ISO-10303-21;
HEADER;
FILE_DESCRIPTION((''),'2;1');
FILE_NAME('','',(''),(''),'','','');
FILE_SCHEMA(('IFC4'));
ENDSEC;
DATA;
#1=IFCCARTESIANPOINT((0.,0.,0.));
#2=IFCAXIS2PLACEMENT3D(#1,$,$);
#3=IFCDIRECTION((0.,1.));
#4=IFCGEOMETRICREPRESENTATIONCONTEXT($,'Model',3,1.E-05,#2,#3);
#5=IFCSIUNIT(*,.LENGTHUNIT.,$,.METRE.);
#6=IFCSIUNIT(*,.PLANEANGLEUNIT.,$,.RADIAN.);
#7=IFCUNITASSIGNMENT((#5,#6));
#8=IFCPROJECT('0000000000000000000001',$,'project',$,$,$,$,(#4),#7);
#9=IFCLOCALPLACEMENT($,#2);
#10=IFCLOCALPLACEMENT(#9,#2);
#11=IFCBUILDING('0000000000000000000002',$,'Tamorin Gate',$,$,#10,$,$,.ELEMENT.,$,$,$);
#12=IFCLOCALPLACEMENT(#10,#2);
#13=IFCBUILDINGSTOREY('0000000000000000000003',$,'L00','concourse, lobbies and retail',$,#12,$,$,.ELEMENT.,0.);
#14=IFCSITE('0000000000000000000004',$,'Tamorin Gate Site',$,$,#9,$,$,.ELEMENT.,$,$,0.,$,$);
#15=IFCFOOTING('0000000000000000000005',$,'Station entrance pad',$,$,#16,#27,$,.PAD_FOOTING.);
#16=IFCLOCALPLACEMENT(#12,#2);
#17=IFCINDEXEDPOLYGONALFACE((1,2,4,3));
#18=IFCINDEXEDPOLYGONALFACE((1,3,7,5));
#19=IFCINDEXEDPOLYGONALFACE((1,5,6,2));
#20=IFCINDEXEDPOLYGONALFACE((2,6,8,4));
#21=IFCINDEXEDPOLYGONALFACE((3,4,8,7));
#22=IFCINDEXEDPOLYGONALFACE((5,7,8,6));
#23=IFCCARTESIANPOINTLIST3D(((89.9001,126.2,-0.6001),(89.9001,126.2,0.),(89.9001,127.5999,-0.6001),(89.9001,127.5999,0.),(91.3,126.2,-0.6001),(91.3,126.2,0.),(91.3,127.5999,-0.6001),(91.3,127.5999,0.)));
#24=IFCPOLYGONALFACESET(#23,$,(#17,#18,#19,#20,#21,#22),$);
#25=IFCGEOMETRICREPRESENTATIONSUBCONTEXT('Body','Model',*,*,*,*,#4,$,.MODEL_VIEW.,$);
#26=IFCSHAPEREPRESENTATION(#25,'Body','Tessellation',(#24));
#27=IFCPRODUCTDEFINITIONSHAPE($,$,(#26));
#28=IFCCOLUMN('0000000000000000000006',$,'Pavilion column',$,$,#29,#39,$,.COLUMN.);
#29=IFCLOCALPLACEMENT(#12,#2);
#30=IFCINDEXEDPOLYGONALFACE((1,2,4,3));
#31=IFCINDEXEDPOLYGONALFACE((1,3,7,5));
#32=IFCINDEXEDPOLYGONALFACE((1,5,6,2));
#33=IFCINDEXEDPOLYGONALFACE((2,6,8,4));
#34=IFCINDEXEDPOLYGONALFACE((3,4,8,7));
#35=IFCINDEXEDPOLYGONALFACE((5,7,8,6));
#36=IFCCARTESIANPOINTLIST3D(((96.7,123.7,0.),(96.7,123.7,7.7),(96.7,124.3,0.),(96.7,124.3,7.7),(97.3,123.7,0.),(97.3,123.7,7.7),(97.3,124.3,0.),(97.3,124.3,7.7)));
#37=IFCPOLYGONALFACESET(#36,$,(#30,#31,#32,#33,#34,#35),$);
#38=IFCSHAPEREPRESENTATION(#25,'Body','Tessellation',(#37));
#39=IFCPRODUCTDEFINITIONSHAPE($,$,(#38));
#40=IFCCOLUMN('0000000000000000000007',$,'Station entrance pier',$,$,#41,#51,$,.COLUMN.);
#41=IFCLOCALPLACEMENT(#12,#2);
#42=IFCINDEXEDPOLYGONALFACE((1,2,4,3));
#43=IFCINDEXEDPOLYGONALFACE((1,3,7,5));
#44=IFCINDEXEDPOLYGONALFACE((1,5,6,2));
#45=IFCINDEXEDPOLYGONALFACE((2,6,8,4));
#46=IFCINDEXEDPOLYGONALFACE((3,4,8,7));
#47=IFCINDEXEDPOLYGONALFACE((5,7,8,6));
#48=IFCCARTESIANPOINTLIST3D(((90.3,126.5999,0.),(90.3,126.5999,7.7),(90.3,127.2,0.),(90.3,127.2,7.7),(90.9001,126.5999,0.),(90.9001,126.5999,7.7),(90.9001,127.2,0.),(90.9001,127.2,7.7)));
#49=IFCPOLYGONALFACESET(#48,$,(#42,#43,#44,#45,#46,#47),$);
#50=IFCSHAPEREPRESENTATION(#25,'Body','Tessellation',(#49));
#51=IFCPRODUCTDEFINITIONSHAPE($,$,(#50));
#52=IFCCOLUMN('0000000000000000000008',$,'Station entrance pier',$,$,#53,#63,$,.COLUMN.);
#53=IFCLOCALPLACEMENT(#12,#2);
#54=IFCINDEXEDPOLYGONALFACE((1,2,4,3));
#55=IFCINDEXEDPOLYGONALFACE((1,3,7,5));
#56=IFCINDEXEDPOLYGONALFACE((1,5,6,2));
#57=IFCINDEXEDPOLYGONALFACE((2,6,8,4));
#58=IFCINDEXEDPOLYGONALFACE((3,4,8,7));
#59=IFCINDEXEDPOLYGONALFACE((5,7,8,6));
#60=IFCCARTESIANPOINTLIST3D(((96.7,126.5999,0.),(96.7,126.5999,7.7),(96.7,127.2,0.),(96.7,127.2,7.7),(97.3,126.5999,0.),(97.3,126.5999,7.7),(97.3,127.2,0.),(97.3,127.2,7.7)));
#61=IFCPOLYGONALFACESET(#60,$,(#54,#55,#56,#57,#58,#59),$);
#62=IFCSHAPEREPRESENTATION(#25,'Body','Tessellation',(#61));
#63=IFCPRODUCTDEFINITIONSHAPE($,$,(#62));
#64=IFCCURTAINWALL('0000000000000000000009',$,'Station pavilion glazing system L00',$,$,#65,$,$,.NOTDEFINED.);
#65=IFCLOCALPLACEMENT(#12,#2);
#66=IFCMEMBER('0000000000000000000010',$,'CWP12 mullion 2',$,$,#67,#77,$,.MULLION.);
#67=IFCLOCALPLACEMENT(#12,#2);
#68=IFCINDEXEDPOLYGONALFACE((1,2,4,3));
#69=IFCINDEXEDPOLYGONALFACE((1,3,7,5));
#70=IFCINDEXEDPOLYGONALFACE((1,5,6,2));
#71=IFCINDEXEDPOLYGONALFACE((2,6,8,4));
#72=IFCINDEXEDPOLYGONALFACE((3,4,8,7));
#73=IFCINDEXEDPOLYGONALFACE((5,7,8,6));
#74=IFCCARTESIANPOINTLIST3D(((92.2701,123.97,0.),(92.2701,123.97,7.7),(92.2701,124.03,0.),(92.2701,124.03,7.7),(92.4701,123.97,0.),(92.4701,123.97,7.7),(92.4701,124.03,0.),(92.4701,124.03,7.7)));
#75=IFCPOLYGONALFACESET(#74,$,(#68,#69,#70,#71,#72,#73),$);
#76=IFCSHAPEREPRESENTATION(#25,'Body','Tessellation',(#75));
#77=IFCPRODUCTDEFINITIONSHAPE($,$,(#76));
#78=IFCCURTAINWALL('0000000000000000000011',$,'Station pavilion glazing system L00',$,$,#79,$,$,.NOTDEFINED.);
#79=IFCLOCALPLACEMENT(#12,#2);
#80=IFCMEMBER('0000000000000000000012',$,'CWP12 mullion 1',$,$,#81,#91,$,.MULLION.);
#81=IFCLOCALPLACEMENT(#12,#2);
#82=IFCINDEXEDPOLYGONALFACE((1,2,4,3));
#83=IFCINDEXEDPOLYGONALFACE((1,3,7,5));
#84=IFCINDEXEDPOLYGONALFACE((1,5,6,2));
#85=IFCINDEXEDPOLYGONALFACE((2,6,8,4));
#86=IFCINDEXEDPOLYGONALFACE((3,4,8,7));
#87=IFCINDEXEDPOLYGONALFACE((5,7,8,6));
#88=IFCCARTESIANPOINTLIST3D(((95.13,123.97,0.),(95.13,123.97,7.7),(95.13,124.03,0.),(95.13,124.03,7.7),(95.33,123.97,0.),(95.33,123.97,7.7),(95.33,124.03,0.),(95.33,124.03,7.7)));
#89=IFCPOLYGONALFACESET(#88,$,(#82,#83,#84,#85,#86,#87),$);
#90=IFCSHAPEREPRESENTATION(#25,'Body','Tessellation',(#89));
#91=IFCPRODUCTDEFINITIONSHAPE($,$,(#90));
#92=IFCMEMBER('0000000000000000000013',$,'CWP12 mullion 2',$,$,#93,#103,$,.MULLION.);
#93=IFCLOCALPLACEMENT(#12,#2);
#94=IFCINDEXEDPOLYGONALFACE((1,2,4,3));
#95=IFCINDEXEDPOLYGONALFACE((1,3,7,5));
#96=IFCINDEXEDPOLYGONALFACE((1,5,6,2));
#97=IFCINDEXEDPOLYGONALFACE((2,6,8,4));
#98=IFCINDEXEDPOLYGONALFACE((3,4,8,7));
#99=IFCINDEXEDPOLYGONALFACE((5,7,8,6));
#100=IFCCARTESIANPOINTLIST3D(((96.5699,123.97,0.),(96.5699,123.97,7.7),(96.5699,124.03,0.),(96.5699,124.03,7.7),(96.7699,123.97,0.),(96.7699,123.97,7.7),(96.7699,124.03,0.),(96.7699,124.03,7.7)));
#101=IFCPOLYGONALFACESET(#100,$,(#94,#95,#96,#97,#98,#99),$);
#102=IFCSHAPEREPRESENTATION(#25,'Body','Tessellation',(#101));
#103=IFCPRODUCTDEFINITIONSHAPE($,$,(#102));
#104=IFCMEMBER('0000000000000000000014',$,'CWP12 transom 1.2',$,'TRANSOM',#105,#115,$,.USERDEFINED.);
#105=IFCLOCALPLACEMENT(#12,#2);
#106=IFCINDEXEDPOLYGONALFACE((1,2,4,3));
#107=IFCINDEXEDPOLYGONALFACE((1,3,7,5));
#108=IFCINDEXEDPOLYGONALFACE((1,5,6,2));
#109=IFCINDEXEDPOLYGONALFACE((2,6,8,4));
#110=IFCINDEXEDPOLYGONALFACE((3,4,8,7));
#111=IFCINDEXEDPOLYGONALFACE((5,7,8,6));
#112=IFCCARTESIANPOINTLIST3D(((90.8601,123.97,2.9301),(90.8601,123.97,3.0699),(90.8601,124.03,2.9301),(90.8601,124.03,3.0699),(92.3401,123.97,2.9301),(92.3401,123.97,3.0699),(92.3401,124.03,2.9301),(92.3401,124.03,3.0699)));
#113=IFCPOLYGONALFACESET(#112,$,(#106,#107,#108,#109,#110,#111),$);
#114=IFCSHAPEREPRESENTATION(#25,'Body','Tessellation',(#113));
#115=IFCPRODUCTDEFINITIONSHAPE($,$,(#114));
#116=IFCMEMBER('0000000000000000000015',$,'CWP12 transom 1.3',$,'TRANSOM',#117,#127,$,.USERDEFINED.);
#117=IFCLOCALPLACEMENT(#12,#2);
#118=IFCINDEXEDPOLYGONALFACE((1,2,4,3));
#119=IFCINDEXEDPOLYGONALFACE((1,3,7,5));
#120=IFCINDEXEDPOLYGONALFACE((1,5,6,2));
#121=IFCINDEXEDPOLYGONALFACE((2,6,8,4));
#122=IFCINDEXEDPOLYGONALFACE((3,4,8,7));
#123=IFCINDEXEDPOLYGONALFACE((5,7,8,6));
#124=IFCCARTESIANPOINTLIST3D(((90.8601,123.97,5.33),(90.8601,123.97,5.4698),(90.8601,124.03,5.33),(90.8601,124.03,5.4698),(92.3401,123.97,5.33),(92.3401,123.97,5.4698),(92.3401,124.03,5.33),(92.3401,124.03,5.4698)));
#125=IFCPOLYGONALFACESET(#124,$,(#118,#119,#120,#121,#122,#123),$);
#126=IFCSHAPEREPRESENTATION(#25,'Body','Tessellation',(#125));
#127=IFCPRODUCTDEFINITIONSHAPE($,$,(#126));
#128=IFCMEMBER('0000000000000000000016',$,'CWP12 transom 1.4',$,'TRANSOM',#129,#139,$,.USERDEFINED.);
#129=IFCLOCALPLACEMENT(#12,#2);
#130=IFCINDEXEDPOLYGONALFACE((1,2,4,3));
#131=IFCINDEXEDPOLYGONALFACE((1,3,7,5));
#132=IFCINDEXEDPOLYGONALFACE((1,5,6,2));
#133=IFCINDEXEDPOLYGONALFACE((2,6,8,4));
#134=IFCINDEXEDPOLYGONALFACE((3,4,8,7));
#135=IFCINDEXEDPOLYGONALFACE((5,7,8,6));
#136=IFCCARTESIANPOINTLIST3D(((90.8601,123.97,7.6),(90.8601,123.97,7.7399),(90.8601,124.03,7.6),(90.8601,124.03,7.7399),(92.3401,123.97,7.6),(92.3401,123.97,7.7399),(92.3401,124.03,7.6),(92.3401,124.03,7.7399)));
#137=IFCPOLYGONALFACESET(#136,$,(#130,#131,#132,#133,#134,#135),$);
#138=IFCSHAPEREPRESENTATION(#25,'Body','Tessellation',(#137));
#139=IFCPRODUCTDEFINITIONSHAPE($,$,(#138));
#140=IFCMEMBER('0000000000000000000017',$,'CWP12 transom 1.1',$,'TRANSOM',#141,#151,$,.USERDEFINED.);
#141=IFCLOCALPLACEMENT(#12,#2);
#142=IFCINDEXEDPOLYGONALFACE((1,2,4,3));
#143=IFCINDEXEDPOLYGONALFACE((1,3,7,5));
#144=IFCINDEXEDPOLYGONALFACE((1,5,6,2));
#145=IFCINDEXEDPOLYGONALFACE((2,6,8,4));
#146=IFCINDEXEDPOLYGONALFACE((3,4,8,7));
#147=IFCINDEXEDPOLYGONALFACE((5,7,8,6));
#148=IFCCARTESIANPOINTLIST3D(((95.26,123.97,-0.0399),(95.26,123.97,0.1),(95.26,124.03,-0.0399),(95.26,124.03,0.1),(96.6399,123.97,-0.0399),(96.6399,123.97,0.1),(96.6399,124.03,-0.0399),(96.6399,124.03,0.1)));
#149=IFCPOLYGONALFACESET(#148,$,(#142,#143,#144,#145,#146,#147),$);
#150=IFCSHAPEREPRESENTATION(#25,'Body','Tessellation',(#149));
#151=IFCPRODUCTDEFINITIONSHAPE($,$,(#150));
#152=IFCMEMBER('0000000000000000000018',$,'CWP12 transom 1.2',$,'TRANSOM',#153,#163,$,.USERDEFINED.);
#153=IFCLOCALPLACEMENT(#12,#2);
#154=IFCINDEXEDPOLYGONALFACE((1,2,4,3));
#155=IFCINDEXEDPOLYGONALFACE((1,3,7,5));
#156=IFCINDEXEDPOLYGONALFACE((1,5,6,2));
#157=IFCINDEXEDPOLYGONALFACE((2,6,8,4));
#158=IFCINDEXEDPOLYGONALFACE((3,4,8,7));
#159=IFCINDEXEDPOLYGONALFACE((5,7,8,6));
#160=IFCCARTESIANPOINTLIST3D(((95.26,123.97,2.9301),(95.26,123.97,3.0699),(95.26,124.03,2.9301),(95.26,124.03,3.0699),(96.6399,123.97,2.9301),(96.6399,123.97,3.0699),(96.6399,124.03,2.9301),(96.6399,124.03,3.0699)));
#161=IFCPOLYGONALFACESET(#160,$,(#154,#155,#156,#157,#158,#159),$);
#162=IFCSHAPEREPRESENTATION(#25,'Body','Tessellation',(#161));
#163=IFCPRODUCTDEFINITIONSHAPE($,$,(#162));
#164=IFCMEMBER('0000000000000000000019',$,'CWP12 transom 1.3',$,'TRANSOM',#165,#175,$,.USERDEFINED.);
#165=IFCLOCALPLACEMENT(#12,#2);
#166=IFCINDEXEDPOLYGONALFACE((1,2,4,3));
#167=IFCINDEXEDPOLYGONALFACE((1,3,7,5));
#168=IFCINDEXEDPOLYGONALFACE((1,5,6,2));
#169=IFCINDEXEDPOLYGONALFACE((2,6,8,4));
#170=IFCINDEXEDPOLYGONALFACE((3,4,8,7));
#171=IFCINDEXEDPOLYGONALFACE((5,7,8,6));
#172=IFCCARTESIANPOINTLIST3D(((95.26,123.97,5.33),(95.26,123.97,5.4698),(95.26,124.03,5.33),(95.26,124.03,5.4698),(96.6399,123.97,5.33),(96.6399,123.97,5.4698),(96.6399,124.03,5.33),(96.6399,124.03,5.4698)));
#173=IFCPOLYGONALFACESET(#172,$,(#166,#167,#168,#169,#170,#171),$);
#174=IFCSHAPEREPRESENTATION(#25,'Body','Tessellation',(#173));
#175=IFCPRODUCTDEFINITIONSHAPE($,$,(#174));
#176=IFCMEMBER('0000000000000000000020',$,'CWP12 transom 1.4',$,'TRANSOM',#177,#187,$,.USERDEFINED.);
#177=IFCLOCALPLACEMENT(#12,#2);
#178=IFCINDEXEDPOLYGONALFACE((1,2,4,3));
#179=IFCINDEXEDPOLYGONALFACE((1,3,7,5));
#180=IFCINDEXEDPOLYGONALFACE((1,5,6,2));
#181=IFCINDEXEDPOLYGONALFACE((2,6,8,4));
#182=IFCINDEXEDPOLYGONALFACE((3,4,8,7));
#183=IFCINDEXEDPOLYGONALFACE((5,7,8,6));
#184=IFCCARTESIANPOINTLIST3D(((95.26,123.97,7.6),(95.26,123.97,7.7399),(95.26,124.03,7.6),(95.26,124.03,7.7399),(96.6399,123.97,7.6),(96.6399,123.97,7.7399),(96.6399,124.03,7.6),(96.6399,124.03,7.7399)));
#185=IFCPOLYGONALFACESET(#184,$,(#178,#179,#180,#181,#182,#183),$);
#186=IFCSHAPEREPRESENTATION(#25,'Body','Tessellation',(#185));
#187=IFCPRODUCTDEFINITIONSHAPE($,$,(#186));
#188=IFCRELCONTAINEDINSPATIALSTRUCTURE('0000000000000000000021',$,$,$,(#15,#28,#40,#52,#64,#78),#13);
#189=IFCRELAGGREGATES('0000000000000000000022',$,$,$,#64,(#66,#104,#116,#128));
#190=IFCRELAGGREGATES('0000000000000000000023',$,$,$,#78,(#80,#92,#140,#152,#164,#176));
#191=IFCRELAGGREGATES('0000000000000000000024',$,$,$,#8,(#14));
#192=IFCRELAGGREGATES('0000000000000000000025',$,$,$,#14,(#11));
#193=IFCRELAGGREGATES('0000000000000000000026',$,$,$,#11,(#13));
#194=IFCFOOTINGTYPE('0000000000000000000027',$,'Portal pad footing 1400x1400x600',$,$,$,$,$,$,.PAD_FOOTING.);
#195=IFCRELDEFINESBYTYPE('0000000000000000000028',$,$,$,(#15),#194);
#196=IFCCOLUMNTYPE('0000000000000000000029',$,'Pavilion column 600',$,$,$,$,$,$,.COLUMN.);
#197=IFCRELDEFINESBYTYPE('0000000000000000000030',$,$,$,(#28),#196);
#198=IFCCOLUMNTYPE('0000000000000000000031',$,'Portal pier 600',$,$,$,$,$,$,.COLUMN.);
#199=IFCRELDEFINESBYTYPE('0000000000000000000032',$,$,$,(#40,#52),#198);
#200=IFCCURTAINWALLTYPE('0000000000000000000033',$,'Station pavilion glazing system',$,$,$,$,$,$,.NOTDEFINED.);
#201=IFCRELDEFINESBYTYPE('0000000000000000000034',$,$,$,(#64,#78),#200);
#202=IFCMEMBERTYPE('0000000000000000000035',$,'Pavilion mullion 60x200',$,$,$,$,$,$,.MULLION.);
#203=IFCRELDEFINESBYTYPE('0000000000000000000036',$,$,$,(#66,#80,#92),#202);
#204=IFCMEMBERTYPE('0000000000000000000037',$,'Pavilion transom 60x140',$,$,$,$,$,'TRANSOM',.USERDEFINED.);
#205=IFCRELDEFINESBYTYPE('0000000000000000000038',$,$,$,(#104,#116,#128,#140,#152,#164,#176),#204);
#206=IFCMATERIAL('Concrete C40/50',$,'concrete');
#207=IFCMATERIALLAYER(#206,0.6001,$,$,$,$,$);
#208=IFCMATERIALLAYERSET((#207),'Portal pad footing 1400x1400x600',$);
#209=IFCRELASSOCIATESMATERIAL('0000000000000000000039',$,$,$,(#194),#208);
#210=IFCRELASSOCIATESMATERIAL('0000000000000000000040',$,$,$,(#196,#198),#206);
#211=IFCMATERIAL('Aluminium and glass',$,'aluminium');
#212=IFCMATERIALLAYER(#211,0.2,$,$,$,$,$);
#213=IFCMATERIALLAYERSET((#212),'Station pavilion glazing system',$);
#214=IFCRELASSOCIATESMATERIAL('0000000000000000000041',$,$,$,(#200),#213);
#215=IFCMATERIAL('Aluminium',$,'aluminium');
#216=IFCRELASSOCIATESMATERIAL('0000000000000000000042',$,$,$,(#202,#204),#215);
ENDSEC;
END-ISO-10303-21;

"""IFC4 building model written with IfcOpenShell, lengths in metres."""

from ifc_helpers import new_model, si_unit, direction, frame, origin, origin_2d, place, context, subcontext, project, spatial, rectangle, extrude, material, layer, layer_set, material_profile, profile_set, type_object, element, aggregate, save


model = new_model("IFC4")

# Units and contexts
model_context = context("Model", 3, precision=1e-05, world=origin(), true_north=direction((0.0, 1.0)))
body_context = subcontext(model_context, "Body", "Model", "MODEL_VIEW")
ifc_project = project(units=[si_unit("LENGTHUNIT", "METRE"), si_unit("PLANEANGLEUNIT", "RADIAN")], contexts=[model_context])

# Site, building, storey
site_placement = place(None, origin())
site = spatial("IfcSite", under=ifc_project, at=site_placement, Name="Tamorin Gate Site", CompositionType="ELEMENT", RefElevation=0.0)
building_placement = place(site_placement, origin())
building = spatial("IfcBuilding", under=site, at=building_placement, Name="Tamorin Gate", CompositionType="ELEMENT")
storey_placement = place(building_placement, origin())
storey = spatial("IfcBuildingStorey", under=building, at=storey_placement, Name="L00", Description="concourse, lobbies and retail", CompositionType="ELEMENT", Elevation=0.0)

# Footing
ifc_material_1 = material(Name="Concrete C40/50", Category="concrete")
ifc_layer_1 = layer(ifc_material_1, 0.6001)
ifc_layer_set_1 = layer_set([ifc_layer_1], Name="Portal pad footing 1400x1400x600")
footing_type = type_object("IfcFootingType", Name="Portal pad footing 1400x1400x600", PredefinedType="PAD_FOOTING", material=ifc_layer_set_1)
footing_placement = place(storey_placement, frame((90.6001, 126.8999, -0.6001), z_axis=(0.0, 0.0, 1.0), x_axis=(1.0, 0.0, 0.0)))
element("IfcFooting", 1, at=footing_placement, inside=storey, type_object=footing_type, Name="Station entrance pad", PredefinedType="PAD_FOOTING", context=body_context, shape_type="SweptSolid", body=[
    extrude(rectangle(XDim=1.3999, YDim=1.3999, at=origin_2d()), origin(), (0.0, 0.0, 1.0), 0.6001),
])

# Columns
ifc_material_profile_1 = material_profile(ifc_material_1, rectangle(XDim=0.6001, YDim=0.6001, at=origin_2d()))
ifc_profile_set_1 = profile_set([ifc_material_profile_1], Name="Concrete C40/50")
column_type_1 = type_object("IfcColumnType", Name="Pavilion column 600", PredefinedType="COLUMN", material=ifc_profile_set_1)
column_placement = place(storey_placement, frame((97.0, 124.0, 0.0), z_axis=(0.0, 0.0, 1.0), x_axis=(1.0, 0.0, 0.0)))
element("IfcColumn", 2, at=column_placement, inside=storey, type_object=column_type_1, Name="Pavilion column", PredefinedType="COLUMN", context=body_context, shape_type="SweptSolid", body=[
    extrude(rectangle(XDim=0.6001, YDim=0.6001, at=origin_2d()), origin(), (0.0, 0.0, 1.0), 7.7),
])
ifc_material_profile_2 = material_profile(ifc_material_1, rectangle(XDim=0.6001, YDim=0.6001, at=origin_2d()), Name="RC 600x600")
ifc_profile_set_2 = profile_set([ifc_material_profile_2], Name="Concrete C40/50")
column_type_2 = type_object("IfcColumnType", Name="Portal pier 600", PredefinedType="COLUMN", material=ifc_profile_set_2)
for number, where, z_axis, x_axis, name in (
    (3, (90.6001, 126.8999, 0.0), (0.0, 0.0, 1.0), (1.0, 0.0, 0.0), "Station entrance pier"),
    (4, (97.0, 126.8999, 0.0), (0.0, 0.0, 1.0), (1.0, 0.0, 0.0), "Station entrance pier"),
):
    element("IfcColumn", number, at=place(storey_placement, frame(where, z_axis=z_axis, x_axis=x_axis)), inside=storey, type_object=column_type_2, Name=name, PredefinedType="COLUMN", context=body_context, shape_type="SweptSolid", body=[
        extrude(rectangle(XDim=0.6001, YDim=0.6001, at=origin_2d()), origin(), (0.0, 0.0, 1.0), 7.7),
    ])

# Curtain wall, member
ifc_material_2 = material(Name="Aluminium and glass", Category="aluminium")
ifc_layer_2 = layer(ifc_material_2, 0.2)
ifc_layer_set_2 = layer_set([ifc_layer_2], Name="Station pavilion glazing system")
curtain_wall_type = type_object("IfcCurtainWallType", Name="Station pavilion glazing system", PredefinedType="NOTDEFINED", material=ifc_layer_set_2)
curtain_wall_1_placement = place(storey_placement, origin())
curtain_wall_1 = element("IfcCurtainWall", 5, at=curtain_wall_1_placement, inside=storey, type_object=curtain_wall_type, Name="Station pavilion glazing system L00", PredefinedType="NOTDEFINED")
ifc_material_3 = material(Name="Aluminium", Category="aluminium")
ifc_material_profile_3 = material_profile(ifc_material_3, rectangle(XDim=0.0601, YDim=0.2, at=origin_2d()), Name="RECT 60x200")
ifc_profile_set_3 = profile_set([ifc_material_profile_3], Name="Aluminium")
member_type_1 = type_object("IfcMemberType", Name="Pavilion mullion 60x200", PredefinedType="MULLION", material=ifc_profile_set_3)
member_1_placement = place(storey_placement, frame((92.3701, 124.0, 0.0), z_axis=(0.0, 0.0, 1.0), x_axis=(0.0, 1.0, 0.0)))
member_1 = element("IfcMember", 6, at=member_1_placement, type_object=member_type_1, Name="CWP12 mullion 2", PredefinedType="MULLION", context=body_context, shape_type="SweptSolid", body=[
    extrude(rectangle(XDim=0.0601, YDim=0.2, at=origin_2d()), origin(), (0.0, 0.0, 1.0), 7.7),
])

# Curtain wall, members
curtain_wall_2_placement = place(storey_placement, origin())
curtain_wall_2 = element("IfcCurtainWall", 7, at=curtain_wall_2_placement, inside=storey, type_object=curtain_wall_type, Name="Station pavilion glazing system L00", PredefinedType="NOTDEFINED")
member_2_placement = place(storey_placement, frame((95.23, 124.0, 0.0), z_axis=(0.0, 0.0, 1.0), x_axis=(0.0, 1.0, 0.0)))
member_2 = element("IfcMember", 8, at=member_2_placement, type_object=member_type_1, Name="CWP12 mullion 1", PredefinedType="MULLION", context=body_context, shape_type="SweptSolid", body=[
    extrude(rectangle(XDim=0.0601, YDim=0.2, at=origin_2d()), origin(), (0.0, 0.0, 1.0), 7.7),
])
member_3_placement = place(storey_placement, frame((96.6699, 124.0, 0.0), z_axis=(0.0, 0.0, 1.0), x_axis=(0.0, 1.0, 0.0)))
member_3 = element("IfcMember", 9, at=member_3_placement, type_object=member_type_1, Name="CWP12 mullion 2", PredefinedType="MULLION", context=body_context, shape_type="SweptSolid", body=[
    extrude(rectangle(XDim=0.0601, YDim=0.2, at=origin_2d()), origin(), (0.0, 0.0, 1.0), 7.7),
])

# Members
ifc_material_profile_4 = material_profile(ifc_material_3, rectangle(XDim=0.0601, YDim=0.1399, at=origin_2d()), Name="RECT 60x140")
ifc_profile_set_4 = profile_set([ifc_material_profile_4], Name="Aluminium")
member_type_2 = type_object("IfcMemberType", Name="Pavilion transom 60x140", ElementType="TRANSOM", PredefinedType="USERDEFINED", material=ifc_profile_set_4)
member_4_placement = place(storey_placement, frame((90.8601, 124.0, 3.0), z_axis=(1.0, 0.0, 0.0), x_axis=(0.0, 1.0, 0.0)))
member_4 = element("IfcMember", 10, at=member_4_placement, type_object=member_type_2, Name="CWP12 transom 1.2", ObjectType="TRANSOM", PredefinedType="USERDEFINED", context=body_context, shape_type="SweptSolid", body=[
    extrude(rectangle(XDim=0.0601, YDim=0.1399, at=origin_2d()), origin(), (0.0, 0.0, 1.0), 1.48),
])
member_5_placement = place(storey_placement, frame((90.8601, 124.0, 5.3999), z_axis=(1.0, 0.0, 0.0), x_axis=(0.0, 1.0, 0.0)))
member_5 = element("IfcMember", 11, at=member_5_placement, type_object=member_type_2, Name="CWP12 transom 1.3", ObjectType="TRANSOM", PredefinedType="USERDEFINED", context=body_context, shape_type="SweptSolid", body=[
    extrude(rectangle(XDim=0.0601, YDim=0.1399, at=origin_2d()), origin(), (0.0, 0.0, 1.0), 1.48),
])
member_6_placement = place(storey_placement, frame((90.8601, 124.0, 7.6699), z_axis=(1.0, 0.0, 0.0), x_axis=(0.0, 1.0, 0.0)))
member_6 = element("IfcMember", 12, at=member_6_placement, type_object=member_type_2, Name="CWP12 transom 1.4", ObjectType="TRANSOM", PredefinedType="USERDEFINED", context=body_context, shape_type="SweptSolid", body=[
    extrude(rectangle(XDim=0.0601, YDim=0.1399, at=origin_2d()), origin(), (0.0, 0.0, 1.0), 1.48),
])
member_7_placement = place(storey_placement, frame((95.26, 124.0, 0.03), z_axis=(1.0, 0.0, 0.0), x_axis=(0.0, 1.0, 0.0)))
member_7 = element("IfcMember", 13, at=member_7_placement, type_object=member_type_2, Name="CWP12 transom 1.1", ObjectType="TRANSOM", PredefinedType="USERDEFINED", context=body_context, shape_type="SweptSolid", body=[
    extrude(rectangle(XDim=0.0601, YDim=0.1399, at=origin_2d()), origin(), (0.0, 0.0, 1.0), 1.3799),
])
member_8_placement = place(storey_placement, frame((95.26, 124.0, 3.0), z_axis=(1.0, 0.0, 0.0), x_axis=(0.0, 1.0, 0.0)))
member_8 = element("IfcMember", 14, at=member_8_placement, type_object=member_type_2, Name="CWP12 transom 1.2", ObjectType="TRANSOM", PredefinedType="USERDEFINED", context=body_context, shape_type="SweptSolid", body=[
    extrude(rectangle(XDim=0.0601, YDim=0.1399, at=origin_2d()), origin(), (0.0, 0.0, 1.0), 1.3799),
])
member_9_placement = place(storey_placement, frame((95.26, 124.0, 5.3999), z_axis=(1.0, 0.0, 0.0), x_axis=(0.0, 1.0, 0.0)))
member_9 = element("IfcMember", 15, at=member_9_placement, type_object=member_type_2, Name="CWP12 transom 1.3", ObjectType="TRANSOM", PredefinedType="USERDEFINED", context=body_context, shape_type="SweptSolid", body=[
    extrude(rectangle(XDim=0.0601, YDim=0.1399, at=origin_2d()), origin(), (0.0, 0.0, 1.0), 1.3799),
])
member_10_placement = place(storey_placement, frame((95.26, 124.0, 7.6699), z_axis=(1.0, 0.0, 0.0), x_axis=(0.0, 1.0, 0.0)))
member_10 = element("IfcMember", 16, at=member_10_placement, type_object=member_type_2, Name="CWP12 transom 1.4", ObjectType="TRANSOM", PredefinedType="USERDEFINED", context=body_context, shape_type="SweptSolid", body=[
    extrude(rectangle(XDim=0.0601, YDim=0.1399, at=origin_2d()), origin(), (0.0, 0.0, 1.0), 1.3799),
])

aggregate(curtain_wall_1, [member_1, member_4, member_5, member_6])
aggregate(curtain_wall_2, [member_2, member_3, member_7, member_8, member_9, member_10])

save(model, "model.ifc")
